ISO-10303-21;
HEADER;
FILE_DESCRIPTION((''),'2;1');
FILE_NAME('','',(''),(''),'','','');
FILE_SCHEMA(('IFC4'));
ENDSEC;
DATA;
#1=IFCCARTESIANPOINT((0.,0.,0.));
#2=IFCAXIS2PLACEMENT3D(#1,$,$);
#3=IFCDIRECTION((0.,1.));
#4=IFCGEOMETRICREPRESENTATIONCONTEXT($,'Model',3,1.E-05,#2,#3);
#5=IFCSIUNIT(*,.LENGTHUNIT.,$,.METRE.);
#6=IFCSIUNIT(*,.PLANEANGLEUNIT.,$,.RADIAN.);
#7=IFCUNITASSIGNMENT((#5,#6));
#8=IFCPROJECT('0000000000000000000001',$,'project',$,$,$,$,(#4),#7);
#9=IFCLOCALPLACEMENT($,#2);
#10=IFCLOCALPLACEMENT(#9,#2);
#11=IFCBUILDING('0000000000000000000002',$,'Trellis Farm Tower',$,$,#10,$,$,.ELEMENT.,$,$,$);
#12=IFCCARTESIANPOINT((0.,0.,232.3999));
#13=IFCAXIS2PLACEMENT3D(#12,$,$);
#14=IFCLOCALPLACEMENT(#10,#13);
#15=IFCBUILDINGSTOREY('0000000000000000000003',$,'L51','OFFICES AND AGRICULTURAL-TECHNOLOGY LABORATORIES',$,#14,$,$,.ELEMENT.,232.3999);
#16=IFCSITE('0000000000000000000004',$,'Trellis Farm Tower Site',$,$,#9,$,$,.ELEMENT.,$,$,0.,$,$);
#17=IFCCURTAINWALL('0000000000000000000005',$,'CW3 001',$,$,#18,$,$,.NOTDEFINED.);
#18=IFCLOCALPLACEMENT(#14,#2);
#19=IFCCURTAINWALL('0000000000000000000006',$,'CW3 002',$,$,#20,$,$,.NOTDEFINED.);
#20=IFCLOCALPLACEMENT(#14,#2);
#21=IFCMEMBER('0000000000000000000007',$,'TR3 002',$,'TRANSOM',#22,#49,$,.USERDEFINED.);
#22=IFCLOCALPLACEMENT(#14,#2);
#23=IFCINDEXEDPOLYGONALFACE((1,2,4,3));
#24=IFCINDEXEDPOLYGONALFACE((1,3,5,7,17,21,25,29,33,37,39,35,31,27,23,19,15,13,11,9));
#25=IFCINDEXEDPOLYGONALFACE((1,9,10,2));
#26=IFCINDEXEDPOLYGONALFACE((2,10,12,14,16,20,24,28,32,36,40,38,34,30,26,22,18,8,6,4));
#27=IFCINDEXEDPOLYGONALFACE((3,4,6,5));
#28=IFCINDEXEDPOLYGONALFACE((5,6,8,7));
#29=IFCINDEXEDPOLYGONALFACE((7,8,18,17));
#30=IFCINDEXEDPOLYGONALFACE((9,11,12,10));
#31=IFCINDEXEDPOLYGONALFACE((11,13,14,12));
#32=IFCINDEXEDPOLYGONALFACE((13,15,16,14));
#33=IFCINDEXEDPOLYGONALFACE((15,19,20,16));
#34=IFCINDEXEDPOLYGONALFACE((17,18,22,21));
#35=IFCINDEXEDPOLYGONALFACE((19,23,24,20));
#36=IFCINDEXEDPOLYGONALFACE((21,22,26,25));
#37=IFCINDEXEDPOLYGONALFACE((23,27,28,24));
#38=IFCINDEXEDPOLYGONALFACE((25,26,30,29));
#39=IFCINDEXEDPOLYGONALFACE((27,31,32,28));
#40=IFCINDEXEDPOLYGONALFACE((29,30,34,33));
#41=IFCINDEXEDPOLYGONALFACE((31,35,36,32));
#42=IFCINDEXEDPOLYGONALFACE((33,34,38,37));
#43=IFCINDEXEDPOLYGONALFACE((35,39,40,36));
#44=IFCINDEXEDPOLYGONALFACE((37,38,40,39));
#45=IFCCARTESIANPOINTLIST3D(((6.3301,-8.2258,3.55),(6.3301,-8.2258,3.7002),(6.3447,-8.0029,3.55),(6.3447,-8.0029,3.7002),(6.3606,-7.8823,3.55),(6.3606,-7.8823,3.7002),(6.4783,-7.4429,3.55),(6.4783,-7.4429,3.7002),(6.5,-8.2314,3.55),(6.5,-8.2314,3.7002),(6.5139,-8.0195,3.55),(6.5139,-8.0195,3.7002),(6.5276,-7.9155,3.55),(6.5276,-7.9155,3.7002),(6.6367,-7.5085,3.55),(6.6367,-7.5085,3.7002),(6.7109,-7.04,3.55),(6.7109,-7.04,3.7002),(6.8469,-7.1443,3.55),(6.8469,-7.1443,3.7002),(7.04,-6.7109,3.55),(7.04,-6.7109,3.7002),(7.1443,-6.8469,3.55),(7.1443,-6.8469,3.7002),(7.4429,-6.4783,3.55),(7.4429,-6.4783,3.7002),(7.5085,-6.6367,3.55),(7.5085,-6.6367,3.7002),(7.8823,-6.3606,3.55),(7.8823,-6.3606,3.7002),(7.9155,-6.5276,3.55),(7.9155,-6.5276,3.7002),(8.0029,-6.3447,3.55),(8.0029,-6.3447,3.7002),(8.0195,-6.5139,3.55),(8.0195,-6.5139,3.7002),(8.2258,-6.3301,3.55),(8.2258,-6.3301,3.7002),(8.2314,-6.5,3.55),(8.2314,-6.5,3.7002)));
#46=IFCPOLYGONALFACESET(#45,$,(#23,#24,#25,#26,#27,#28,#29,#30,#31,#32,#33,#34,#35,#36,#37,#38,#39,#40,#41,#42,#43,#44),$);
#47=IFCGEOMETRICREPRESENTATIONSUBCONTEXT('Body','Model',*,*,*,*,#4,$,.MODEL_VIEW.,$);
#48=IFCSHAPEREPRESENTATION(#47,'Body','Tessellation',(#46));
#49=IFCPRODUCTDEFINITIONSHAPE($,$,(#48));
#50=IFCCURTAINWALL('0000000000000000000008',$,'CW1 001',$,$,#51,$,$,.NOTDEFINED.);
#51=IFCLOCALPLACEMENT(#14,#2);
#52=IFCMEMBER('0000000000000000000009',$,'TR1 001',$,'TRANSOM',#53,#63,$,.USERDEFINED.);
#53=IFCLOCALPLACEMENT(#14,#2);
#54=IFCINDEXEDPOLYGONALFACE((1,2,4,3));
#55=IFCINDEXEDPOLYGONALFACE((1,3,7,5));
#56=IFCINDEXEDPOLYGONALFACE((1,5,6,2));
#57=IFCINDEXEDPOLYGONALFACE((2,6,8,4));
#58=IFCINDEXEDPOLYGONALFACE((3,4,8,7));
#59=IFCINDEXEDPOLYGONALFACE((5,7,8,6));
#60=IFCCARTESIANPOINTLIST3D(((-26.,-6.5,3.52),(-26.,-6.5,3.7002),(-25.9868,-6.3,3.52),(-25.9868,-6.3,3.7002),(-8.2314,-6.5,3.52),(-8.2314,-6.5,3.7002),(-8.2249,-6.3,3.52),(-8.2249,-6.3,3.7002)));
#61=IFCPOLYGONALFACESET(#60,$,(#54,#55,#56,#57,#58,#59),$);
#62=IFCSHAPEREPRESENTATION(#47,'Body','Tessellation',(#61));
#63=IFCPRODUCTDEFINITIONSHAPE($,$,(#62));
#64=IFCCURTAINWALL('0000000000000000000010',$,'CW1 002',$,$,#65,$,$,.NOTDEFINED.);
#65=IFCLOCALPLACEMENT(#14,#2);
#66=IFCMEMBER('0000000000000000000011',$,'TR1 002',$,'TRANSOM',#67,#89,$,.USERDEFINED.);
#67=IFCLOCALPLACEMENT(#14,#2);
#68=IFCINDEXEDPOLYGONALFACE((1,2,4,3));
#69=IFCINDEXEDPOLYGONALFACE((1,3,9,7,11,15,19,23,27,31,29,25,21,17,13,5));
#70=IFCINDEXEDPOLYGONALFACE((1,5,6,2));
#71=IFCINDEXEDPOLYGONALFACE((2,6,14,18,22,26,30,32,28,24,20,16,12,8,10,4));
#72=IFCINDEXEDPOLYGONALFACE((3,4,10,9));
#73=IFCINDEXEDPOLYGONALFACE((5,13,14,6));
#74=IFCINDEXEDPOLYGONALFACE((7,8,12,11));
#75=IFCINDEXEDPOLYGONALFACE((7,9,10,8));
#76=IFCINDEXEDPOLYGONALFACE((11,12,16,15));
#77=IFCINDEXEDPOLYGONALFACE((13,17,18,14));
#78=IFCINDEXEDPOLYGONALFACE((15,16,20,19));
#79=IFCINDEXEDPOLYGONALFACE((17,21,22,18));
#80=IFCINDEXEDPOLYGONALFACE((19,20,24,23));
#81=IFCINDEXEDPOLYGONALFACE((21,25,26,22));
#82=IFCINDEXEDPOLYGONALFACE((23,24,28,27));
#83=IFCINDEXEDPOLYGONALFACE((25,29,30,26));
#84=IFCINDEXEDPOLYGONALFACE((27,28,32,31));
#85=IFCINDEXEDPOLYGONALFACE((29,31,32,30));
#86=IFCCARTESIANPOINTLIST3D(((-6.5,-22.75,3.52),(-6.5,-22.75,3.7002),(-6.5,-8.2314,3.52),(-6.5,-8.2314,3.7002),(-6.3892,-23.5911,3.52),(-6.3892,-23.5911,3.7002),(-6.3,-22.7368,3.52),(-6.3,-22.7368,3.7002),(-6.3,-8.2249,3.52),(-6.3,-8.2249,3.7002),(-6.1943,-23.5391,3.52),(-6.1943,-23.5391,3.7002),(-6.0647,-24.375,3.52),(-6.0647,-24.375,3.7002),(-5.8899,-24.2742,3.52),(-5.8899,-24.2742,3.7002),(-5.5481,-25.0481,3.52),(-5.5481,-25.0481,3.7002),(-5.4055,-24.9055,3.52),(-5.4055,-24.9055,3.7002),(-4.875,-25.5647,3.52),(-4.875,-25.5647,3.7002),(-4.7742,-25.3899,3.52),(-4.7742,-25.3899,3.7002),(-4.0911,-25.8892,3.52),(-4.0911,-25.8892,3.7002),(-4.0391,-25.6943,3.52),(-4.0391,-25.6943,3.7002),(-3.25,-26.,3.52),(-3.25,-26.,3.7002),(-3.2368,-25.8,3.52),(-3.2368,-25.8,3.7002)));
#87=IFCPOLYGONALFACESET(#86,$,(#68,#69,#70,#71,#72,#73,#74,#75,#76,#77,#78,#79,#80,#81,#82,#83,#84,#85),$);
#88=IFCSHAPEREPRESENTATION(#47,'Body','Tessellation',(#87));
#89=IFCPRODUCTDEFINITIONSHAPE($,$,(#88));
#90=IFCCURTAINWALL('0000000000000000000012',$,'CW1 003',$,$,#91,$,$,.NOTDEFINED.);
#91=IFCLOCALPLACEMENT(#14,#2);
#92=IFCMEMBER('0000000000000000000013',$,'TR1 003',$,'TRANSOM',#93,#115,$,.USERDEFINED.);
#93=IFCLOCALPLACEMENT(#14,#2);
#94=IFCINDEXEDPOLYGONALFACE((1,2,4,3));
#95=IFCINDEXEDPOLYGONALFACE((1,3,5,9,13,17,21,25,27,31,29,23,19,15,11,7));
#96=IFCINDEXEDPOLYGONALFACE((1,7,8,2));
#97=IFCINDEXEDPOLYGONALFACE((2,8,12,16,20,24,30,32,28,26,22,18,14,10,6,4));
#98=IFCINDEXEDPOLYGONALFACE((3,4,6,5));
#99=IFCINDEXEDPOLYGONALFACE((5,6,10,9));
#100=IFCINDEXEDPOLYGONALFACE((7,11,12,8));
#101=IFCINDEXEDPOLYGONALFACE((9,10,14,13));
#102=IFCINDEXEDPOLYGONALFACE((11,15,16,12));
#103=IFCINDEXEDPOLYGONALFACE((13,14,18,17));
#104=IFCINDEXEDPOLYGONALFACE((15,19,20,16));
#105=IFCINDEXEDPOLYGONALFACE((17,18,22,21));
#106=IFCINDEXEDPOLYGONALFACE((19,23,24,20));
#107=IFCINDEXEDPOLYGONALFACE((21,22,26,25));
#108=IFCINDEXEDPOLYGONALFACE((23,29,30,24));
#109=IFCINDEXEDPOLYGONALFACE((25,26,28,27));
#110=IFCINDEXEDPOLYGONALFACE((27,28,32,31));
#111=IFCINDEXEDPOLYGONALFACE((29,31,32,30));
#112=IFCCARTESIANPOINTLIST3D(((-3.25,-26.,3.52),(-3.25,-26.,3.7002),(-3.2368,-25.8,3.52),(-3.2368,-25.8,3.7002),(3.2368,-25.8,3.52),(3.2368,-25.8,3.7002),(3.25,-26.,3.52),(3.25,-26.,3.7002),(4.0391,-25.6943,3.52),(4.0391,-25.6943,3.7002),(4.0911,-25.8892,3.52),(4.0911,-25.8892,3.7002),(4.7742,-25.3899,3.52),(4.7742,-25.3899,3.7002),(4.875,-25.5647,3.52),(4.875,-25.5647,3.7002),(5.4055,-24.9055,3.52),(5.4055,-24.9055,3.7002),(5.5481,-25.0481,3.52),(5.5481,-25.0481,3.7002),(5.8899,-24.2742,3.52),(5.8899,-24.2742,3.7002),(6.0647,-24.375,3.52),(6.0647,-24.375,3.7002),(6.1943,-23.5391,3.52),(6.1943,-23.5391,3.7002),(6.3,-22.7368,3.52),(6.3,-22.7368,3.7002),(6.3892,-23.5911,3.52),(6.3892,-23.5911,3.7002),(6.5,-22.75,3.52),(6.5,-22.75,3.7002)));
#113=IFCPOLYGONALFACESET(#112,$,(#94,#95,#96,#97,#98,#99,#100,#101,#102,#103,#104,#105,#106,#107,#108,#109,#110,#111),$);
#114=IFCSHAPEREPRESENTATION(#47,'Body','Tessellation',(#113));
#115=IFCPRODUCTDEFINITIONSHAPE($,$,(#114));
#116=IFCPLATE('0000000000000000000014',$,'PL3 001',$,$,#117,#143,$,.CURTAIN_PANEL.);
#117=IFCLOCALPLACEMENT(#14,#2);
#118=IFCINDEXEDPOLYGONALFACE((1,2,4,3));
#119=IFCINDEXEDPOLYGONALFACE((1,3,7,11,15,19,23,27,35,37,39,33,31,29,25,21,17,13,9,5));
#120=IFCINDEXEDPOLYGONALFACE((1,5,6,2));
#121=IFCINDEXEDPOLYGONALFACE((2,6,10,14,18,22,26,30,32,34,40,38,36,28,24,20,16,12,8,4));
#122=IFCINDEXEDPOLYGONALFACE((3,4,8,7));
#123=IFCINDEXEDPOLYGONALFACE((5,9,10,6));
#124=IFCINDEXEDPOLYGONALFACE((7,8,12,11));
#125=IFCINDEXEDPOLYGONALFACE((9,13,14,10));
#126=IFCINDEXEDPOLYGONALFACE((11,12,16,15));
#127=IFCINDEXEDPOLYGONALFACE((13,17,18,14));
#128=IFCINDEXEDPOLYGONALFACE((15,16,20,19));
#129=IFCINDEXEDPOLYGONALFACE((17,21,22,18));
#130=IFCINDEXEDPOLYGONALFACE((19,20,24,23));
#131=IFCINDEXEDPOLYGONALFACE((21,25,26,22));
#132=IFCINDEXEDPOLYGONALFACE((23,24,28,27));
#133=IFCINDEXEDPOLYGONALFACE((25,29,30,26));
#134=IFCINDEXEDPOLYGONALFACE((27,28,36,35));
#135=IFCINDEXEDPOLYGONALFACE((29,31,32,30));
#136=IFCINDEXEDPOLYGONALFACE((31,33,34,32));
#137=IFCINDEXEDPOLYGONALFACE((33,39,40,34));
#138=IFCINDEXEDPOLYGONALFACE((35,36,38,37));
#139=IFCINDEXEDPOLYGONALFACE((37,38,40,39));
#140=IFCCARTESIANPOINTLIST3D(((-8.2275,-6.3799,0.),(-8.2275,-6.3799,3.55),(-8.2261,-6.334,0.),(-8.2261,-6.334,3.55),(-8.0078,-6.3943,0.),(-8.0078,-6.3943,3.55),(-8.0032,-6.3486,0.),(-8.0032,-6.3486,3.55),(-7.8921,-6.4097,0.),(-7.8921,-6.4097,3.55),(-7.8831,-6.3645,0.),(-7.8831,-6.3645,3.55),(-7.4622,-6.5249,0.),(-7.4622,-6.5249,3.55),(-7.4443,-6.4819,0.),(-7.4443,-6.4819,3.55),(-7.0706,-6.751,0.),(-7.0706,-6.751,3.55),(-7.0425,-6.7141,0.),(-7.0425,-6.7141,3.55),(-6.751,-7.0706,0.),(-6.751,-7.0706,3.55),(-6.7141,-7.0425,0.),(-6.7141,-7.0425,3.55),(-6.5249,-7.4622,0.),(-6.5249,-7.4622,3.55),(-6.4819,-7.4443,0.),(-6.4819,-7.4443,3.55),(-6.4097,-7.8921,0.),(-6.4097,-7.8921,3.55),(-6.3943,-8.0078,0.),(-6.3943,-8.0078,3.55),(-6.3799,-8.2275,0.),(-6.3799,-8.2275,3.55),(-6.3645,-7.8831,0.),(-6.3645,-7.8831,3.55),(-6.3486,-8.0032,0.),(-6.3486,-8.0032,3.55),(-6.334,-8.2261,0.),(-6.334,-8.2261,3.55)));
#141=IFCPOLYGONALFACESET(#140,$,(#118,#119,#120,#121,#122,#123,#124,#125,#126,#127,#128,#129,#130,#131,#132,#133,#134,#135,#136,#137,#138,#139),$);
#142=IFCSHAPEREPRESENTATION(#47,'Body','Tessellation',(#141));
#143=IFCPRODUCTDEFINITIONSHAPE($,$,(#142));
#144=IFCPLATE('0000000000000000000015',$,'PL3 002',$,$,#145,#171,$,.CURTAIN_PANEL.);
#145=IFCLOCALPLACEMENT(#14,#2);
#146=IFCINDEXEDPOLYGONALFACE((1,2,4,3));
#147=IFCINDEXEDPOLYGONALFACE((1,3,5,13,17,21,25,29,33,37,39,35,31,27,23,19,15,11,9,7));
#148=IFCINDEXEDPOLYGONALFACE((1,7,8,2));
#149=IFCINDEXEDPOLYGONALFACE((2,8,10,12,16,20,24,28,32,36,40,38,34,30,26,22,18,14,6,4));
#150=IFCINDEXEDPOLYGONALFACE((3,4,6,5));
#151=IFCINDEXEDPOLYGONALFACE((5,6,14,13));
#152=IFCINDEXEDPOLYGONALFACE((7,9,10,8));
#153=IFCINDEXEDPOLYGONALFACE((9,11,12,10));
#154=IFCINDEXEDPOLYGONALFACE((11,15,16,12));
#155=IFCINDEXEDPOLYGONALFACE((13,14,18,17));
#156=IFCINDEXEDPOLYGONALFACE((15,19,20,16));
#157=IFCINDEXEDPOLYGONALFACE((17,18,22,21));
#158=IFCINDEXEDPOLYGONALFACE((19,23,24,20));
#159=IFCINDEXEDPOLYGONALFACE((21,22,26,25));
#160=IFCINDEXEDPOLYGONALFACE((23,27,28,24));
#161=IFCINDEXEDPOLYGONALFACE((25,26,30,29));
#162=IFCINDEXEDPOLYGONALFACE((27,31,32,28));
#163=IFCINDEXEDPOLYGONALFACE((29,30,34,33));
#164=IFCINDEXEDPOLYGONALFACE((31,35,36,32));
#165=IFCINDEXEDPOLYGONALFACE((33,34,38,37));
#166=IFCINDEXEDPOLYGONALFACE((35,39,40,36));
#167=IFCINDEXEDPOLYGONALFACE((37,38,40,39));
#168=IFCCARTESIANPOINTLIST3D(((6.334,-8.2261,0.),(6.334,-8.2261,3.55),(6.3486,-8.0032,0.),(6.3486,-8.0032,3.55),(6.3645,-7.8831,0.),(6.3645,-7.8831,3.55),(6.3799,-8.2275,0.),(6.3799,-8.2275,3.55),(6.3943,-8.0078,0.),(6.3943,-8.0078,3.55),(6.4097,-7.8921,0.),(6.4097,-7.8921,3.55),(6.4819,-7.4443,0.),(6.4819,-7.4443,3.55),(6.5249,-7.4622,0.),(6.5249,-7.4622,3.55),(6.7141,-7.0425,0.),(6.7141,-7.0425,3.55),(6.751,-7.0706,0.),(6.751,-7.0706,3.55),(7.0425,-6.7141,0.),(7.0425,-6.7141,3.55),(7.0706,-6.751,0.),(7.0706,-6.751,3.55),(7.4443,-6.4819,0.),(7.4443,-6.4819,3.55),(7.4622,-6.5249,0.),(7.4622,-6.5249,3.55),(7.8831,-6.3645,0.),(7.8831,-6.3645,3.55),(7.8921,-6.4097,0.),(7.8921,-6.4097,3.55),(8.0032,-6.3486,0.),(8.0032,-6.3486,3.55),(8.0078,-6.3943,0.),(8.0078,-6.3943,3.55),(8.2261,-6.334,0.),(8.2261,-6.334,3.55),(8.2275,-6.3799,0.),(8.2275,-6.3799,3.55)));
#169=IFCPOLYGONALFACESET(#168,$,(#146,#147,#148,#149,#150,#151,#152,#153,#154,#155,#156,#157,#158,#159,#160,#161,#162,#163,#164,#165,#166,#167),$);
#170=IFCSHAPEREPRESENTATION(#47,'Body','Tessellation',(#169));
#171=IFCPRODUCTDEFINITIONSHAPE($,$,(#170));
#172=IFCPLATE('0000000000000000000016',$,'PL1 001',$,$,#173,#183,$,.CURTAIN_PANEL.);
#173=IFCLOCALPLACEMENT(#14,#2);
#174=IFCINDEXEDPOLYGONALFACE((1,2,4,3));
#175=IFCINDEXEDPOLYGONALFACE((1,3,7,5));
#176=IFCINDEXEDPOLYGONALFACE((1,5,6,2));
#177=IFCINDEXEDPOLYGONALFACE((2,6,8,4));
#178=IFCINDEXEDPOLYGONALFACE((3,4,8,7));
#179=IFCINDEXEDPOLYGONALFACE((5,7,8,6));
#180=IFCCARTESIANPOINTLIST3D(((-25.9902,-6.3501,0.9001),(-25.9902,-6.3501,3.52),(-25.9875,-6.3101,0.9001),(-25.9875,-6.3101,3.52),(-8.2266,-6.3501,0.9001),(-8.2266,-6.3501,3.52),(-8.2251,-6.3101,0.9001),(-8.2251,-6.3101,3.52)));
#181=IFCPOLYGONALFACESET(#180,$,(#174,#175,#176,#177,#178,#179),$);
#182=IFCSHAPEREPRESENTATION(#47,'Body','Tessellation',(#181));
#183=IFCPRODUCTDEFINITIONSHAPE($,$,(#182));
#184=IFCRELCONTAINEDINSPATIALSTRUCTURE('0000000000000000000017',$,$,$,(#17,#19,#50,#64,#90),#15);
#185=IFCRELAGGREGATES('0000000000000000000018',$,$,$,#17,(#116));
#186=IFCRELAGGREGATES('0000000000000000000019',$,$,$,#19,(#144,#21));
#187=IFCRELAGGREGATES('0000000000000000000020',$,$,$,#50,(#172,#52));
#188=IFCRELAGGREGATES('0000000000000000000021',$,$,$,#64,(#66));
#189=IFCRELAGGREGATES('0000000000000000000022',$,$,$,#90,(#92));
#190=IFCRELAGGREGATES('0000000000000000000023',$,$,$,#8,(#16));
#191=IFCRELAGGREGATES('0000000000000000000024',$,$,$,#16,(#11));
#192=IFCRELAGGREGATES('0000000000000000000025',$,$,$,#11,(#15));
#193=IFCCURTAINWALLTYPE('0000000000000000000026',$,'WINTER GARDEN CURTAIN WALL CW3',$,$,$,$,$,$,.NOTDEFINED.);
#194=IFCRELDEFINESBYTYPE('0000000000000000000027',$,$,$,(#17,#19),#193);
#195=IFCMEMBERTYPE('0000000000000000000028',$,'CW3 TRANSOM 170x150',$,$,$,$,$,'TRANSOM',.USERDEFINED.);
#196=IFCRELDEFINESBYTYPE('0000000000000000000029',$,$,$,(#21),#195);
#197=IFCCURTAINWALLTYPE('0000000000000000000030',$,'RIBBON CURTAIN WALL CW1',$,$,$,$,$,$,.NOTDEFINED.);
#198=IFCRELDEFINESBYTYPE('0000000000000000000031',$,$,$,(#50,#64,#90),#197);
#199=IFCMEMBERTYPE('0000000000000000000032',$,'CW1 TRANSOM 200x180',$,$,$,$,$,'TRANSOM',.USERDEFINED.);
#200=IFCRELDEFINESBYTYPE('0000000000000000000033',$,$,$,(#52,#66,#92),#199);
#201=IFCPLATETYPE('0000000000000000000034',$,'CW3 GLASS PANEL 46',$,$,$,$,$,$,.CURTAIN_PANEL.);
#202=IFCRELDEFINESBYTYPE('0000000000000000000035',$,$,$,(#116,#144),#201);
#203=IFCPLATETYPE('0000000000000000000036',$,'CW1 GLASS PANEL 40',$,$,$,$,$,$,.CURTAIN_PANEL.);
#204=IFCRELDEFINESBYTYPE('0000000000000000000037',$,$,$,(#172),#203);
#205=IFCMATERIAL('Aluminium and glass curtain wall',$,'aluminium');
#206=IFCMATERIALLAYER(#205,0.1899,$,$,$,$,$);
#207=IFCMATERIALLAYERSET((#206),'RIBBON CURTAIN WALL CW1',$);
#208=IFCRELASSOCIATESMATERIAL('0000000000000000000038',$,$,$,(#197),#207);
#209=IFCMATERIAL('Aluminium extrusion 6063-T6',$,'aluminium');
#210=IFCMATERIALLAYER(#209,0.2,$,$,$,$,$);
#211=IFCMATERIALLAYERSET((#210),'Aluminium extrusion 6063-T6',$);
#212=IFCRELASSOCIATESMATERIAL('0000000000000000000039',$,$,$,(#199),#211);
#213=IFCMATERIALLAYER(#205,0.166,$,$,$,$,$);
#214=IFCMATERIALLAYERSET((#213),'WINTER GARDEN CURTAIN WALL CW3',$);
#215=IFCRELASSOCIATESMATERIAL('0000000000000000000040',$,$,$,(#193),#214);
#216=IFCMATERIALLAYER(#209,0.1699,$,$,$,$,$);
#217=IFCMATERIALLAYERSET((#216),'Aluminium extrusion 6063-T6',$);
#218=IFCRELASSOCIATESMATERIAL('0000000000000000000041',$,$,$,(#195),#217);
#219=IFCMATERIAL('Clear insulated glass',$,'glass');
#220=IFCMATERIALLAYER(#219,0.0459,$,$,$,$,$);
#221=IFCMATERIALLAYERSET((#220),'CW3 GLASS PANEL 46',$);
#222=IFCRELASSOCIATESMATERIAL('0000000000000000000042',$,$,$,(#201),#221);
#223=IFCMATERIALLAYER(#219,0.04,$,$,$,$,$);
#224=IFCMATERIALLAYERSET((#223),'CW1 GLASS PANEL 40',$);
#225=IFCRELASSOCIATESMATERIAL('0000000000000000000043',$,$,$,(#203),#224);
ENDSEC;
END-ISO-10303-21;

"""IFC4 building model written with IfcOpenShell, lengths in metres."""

from ifc_helpers import new_model, si_unit, direction, frame, origin, place, context, subcontext, project, spatial, polyline, outline, extrude, source, transform, mapped, material, layer, layer_set, type_object, element, aggregate, save


model = new_model("IFC4")

# Units and contexts
model_context = context("Model", 3, precision=1e-05, world=origin(), true_north=direction((0.0, 1.0)))
body_context = subcontext(model_context, "Body", "Model", "MODEL_VIEW")
ifc_project = project(units=[si_unit("LENGTHUNIT", "METRE"), si_unit("PLANEANGLEUNIT", "RADIAN")], contexts=[model_context])

# Site, building, storey
site_placement = place(None, origin())
site = spatial("IfcSite", under=ifc_project, at=site_placement, Name="Trellis Farm Tower Site", CompositionType="ELEMENT", RefElevation=0.0)
building_placement = place(site_placement, origin())
building = spatial("IfcBuilding", under=site, at=building_placement, Name="Trellis Farm Tower", CompositionType="ELEMENT")
storey_placement = place(building_placement, frame((0.0, 0.0, 232.3999)))
storey = spatial("IfcBuildingStorey", under=building, at=storey_placement, Name="L51", Description="OFFICES AND AGRICULTURAL-TECHNOLOGY LABORATORIES", CompositionType="ELEMENT", Elevation=232.3999)

# Shared definitions
ifc_material_1 = material(Name="Aluminium and glass curtain wall", Category="aluminium")
ifc_layer_1 = layer(ifc_material_1, 0.1899)
ifc_layer_set_1 = layer_set([ifc_layer_1], Name="RIBBON CURTAIN WALL CW1")
curtain_wall_type_1 = type_object("IfcCurtainWallType", Name="RIBBON CURTAIN WALL CW1", PredefinedType="NOTDEFINED", material=ifc_layer_set_1)
placement_1 = place(storey_placement, origin())
ifc_material_2 = material(Name="Aluminium extrusion 6063-T6", Category="aluminium")
ifc_layer_2 = layer(ifc_material_2, 0.2)
ifc_layer_set_2 = layer_set([ifc_layer_2], Name="Aluminium extrusion 6063-T6")
member_type_1 = type_object("IfcMemberType", Name="CW1 TRANSOM 200x180", ElementType="TRANSOM", PredefinedType="USERDEFINED", material=ifc_layer_set_2)
placement_2 = place(storey_placement, frame((0.0, 0.0, 3.52)))

# Curtain walls, members
ifc_layer_3 = layer(ifc_material_1, 0.166)
ifc_layer_set_3 = layer_set([ifc_layer_3], Name="WINTER GARDEN CURTAIN WALL CW3")
curtain_wall_type_2 = type_object("IfcCurtainWallType", Name="WINTER GARDEN CURTAIN WALL CW3", PredefinedType="NOTDEFINED", material=ifc_layer_set_3)
curtain_wall_1 = element("IfcCurtainWall", 1, at=placement_1, inside=storey, type_object=curtain_wall_type_2, Name="CW3 001", PredefinedType="NOTDEFINED")
ifc_layer_4 = layer(ifc_material_2, 0.1699)
ifc_layer_set_4 = layer_set([ifc_layer_4], Name="Aluminium extrusion 6063-T6")
member_type_2 = type_object("IfcMemberType", Name="CW3 TRANSOM 170x150", ElementType="TRANSOM", PredefinedType="USERDEFINED", material=ifc_layer_set_4)
placement_3 = place(storey_placement, frame((0.0, 0.0, 3.55)))
curtain_wall_2 = element("IfcCurtainWall", 2, at=placement_1, inside=storey, type_object=curtain_wall_type_2, Name="CW3 002", PredefinedType="NOTDEFINED")
shared_shape_1 = source(origin(), body_context, "Body", "SweptSolid", [
    extrude(outline(polyline([(6.5, -8.2314), (6.5139, -8.0195), (6.5276, -7.9155), (6.6367, -7.5085), (6.8469, -7.1443), (7.1443, -6.8469), (7.5085, -6.6367), (7.9155, -6.5276), (8.0195, -6.5139), (8.2314, -6.5), (8.2258, -6.3301), (8.0029, -6.3447), (7.8823, -6.3606), (7.4429, -6.4783), (7.04, -6.7109), (6.7109, -7.04), (6.4783, -7.4429), (6.3606, -7.8823), (6.3447, -8.0029), (6.3301, -8.2258), (6.5, -8.2314)])), origin(), (0.0, 0.0, 1.0), 0.1501),
])
member_1 = element("IfcMember", 3, at=placement_3, type_object=member_type_2, Name="TR3 002", ObjectType="TRANSOM", PredefinedType="USERDEFINED", context=body_context, shape_type="MappedRepresentation", body=[
    mapped(shared_shape_1, transform((0.0, 0.0, 0.0))),
])
curtain_wall_3 = element("IfcCurtainWall", 4, at=placement_1, inside=storey, type_object=curtain_wall_type_1, Name="CW1 001", PredefinedType="NOTDEFINED")
shared_shape_2 = source(origin(), body_context, "Body", "SweptSolid", [
    extrude(outline(polyline([(-26.0, -6.5), (-8.2314, -6.5), (-8.2249, -6.3), (-25.9868, -6.3), (-26.0, -6.5)])), origin(), (0.0, 0.0, 1.0), 0.1802),
])
member_2 = element("IfcMember", 5, at=placement_2, type_object=member_type_1, Name="TR1 001", ObjectType="TRANSOM", PredefinedType="USERDEFINED", context=body_context, shape_type="MappedRepresentation", body=[
    mapped(shared_shape_2, transform((0.0, 0.0, 0.0))),
])
curtain_wall_4 = element("IfcCurtainWall", 6, at=placement_1, inside=storey, type_object=curtain_wall_type_1, Name="CW1 002", PredefinedType="NOTDEFINED")
shared_shape_3 = source(origin(), body_context, "Body", "SweptSolid", [
    extrude(outline(polyline([(-6.5, -8.2314), (-6.5, -22.75), (-6.3892, -23.5911), (-6.0647, -24.375), (-5.5481, -25.0481), (-4.875, -25.5647), (-4.0911, -25.8892), (-3.25, -26.0), (-3.2368, -25.8), (-4.0391, -25.6943), (-4.7742, -25.3899), (-5.4055, -24.9055), (-5.8899, -24.2742), (-6.1943, -23.5391), (-6.3, -22.7368), (-6.3, -8.2249), (-6.5, -8.2314)])), origin(), (0.0, 0.0, 1.0), 0.1802),
])
member_3 = element("IfcMember", 7, at=placement_2, type_object=member_type_1, Name="TR1 002", ObjectType="TRANSOM", PredefinedType="USERDEFINED", context=body_context, shape_type="MappedRepresentation", body=[
    mapped(shared_shape_3, transform((0.0, 0.0, 0.0))),
])
curtain_wall_5 = element("IfcCurtainWall", 8, at=placement_1, inside=storey, type_object=curtain_wall_type_1, Name="CW1 003", PredefinedType="NOTDEFINED")
shared_shape_4 = source(origin(), body_context, "Body", "SweptSolid", [
    extrude(outline(polyline([(-3.25, -26.0), (3.25, -26.0), (4.0911, -25.8892), (4.875, -25.5647), (5.5481, -25.0481), (6.0647, -24.375), (6.3892, -23.5911), (6.5, -22.75), (6.3, -22.7368), (6.1943, -23.5391), (5.8899, -24.2742), (5.4055, -24.9055), (4.7742, -25.3899), (4.0391, -25.6943), (3.2368, -25.8), (-3.2368, -25.8), (-3.25, -26.0)])), origin(), (0.0, 0.0, 1.0), 0.1802),
])
member_4 = element("IfcMember", 9, at=placement_2, type_object=member_type_1, Name="TR1 003", ObjectType="TRANSOM", PredefinedType="USERDEFINED", context=body_context, shape_type="MappedRepresentation", body=[
    mapped(shared_shape_4, transform((0.0, 0.0, 0.0))),
])

# Plates
ifc_material_3 = material(Name="Clear insulated glass", Category="glass")
ifc_layer_5 = layer(ifc_material_3, 0.0459)
ifc_layer_set_5 = layer_set([ifc_layer_5], Name="CW3 GLASS PANEL 46")
plate_type_1 = type_object("IfcPlateType", Name="CW3 GLASS PANEL 46", PredefinedType="CURTAIN_PANEL", material=ifc_layer_set_5)
shared_shape_5 = source(origin(), body_context, "Body", "SweptSolid", [
    extrude(outline(polyline([(-8.2275, -6.3799), (-8.0078, -6.3943), (-7.8921, -6.4097), (-7.4622, -6.5249), (-7.0706, -6.751), (-6.751, -7.0706), (-6.5249, -7.4622), (-6.4097, -7.8921), (-6.3943, -8.0078), (-6.3799, -8.2275), (-6.334, -8.2261), (-6.3486, -8.0032), (-6.3645, -7.8831), (-6.4819, -7.4443), (-6.7141, -7.0425), (-7.0425, -6.7141), (-7.4443, -6.4819), (-7.8831, -6.3645), (-8.0032, -6.3486), (-8.2261, -6.334), (-8.2275, -6.3799)])), origin(), (0.0, 0.0, 1.0), 3.55),
])
plate_1 = element("IfcPlate", 10, at=placement_1, type_object=plate_type_1, Name="PL3 001", PredefinedType="CURTAIN_PANEL", context=body_context, shape_type="MappedRepresentation", body=[
    mapped(shared_shape_5, transform((0.0, 0.0, 0.0))),
])
aggregate(curtain_wall_1, [plate_1])
shared_shape_6 = source(origin(), body_context, "Body", "SweptSolid", [
    extrude(outline(polyline([(6.3799, -8.2275), (6.3943, -8.0078), (6.4097, -7.8921), (6.5249, -7.4622), (6.751, -7.0706), (7.0706, -6.751), (7.4622, -6.5249), (7.8921, -6.4097), (8.0078, -6.3943), (8.2275, -6.3799), (8.2261, -6.334), (8.0032, -6.3486), (7.8831, -6.3645), (7.4443, -6.4819), (7.0425, -6.7141), (6.7141, -7.0425), (6.4819, -7.4443), (6.3645, -7.8831), (6.3486, -8.0032), (6.334, -8.2261), (6.3799, -8.2275)])), origin(), (0.0, 0.0, 1.0), 3.55),
])
plate_2 = element("IfcPlate", 11, at=placement_1, type_object=plate_type_1, Name="PL3 002", PredefinedType="CURTAIN_PANEL", context=body_context, shape_type="MappedRepresentation", body=[
    mapped(shared_shape_6, transform((0.0, 0.0, 0.0))),
])
aggregate(curtain_wall_2, [plate_2, member_1])
ifc_layer_6 = layer(ifc_material_3, 0.04)
ifc_layer_set_6 = layer_set([ifc_layer_6], Name="CW1 GLASS PANEL 40")
plate_type_2 = type_object("IfcPlateType", Name="CW1 GLASS PANEL 40", PredefinedType="CURTAIN_PANEL", material=ifc_layer_set_6)
shared_shape_7 = source(origin(), body_context, "Body", "SweptSolid", [
    extrude(outline(polyline([(-25.9902, -6.3501), (-8.2266, -6.3501), (-8.2251, -6.3101), (-25.9875, -6.3101), (-25.9902, -6.3501)])), origin(), (0.0, 0.0, 1.0), 2.6199),
])
placement_4 = place(storey_placement, frame((0.0, 0.0, 0.9001)))
plate_3 = element("IfcPlate", 12, at=placement_4, type_object=plate_type_2, Name="PL1 001", PredefinedType="CURTAIN_PANEL", context=body_context, shape_type="MappedRepresentation", body=[
    mapped(shared_shape_7, transform((0.0, 0.0, 0.0))),
])
aggregate(curtain_wall_3, [plate_3, member_2])
aggregate(curtain_wall_4, [member_3])
aggregate(curtain_wall_5, [member_4])

save(model, "model.ifc")
